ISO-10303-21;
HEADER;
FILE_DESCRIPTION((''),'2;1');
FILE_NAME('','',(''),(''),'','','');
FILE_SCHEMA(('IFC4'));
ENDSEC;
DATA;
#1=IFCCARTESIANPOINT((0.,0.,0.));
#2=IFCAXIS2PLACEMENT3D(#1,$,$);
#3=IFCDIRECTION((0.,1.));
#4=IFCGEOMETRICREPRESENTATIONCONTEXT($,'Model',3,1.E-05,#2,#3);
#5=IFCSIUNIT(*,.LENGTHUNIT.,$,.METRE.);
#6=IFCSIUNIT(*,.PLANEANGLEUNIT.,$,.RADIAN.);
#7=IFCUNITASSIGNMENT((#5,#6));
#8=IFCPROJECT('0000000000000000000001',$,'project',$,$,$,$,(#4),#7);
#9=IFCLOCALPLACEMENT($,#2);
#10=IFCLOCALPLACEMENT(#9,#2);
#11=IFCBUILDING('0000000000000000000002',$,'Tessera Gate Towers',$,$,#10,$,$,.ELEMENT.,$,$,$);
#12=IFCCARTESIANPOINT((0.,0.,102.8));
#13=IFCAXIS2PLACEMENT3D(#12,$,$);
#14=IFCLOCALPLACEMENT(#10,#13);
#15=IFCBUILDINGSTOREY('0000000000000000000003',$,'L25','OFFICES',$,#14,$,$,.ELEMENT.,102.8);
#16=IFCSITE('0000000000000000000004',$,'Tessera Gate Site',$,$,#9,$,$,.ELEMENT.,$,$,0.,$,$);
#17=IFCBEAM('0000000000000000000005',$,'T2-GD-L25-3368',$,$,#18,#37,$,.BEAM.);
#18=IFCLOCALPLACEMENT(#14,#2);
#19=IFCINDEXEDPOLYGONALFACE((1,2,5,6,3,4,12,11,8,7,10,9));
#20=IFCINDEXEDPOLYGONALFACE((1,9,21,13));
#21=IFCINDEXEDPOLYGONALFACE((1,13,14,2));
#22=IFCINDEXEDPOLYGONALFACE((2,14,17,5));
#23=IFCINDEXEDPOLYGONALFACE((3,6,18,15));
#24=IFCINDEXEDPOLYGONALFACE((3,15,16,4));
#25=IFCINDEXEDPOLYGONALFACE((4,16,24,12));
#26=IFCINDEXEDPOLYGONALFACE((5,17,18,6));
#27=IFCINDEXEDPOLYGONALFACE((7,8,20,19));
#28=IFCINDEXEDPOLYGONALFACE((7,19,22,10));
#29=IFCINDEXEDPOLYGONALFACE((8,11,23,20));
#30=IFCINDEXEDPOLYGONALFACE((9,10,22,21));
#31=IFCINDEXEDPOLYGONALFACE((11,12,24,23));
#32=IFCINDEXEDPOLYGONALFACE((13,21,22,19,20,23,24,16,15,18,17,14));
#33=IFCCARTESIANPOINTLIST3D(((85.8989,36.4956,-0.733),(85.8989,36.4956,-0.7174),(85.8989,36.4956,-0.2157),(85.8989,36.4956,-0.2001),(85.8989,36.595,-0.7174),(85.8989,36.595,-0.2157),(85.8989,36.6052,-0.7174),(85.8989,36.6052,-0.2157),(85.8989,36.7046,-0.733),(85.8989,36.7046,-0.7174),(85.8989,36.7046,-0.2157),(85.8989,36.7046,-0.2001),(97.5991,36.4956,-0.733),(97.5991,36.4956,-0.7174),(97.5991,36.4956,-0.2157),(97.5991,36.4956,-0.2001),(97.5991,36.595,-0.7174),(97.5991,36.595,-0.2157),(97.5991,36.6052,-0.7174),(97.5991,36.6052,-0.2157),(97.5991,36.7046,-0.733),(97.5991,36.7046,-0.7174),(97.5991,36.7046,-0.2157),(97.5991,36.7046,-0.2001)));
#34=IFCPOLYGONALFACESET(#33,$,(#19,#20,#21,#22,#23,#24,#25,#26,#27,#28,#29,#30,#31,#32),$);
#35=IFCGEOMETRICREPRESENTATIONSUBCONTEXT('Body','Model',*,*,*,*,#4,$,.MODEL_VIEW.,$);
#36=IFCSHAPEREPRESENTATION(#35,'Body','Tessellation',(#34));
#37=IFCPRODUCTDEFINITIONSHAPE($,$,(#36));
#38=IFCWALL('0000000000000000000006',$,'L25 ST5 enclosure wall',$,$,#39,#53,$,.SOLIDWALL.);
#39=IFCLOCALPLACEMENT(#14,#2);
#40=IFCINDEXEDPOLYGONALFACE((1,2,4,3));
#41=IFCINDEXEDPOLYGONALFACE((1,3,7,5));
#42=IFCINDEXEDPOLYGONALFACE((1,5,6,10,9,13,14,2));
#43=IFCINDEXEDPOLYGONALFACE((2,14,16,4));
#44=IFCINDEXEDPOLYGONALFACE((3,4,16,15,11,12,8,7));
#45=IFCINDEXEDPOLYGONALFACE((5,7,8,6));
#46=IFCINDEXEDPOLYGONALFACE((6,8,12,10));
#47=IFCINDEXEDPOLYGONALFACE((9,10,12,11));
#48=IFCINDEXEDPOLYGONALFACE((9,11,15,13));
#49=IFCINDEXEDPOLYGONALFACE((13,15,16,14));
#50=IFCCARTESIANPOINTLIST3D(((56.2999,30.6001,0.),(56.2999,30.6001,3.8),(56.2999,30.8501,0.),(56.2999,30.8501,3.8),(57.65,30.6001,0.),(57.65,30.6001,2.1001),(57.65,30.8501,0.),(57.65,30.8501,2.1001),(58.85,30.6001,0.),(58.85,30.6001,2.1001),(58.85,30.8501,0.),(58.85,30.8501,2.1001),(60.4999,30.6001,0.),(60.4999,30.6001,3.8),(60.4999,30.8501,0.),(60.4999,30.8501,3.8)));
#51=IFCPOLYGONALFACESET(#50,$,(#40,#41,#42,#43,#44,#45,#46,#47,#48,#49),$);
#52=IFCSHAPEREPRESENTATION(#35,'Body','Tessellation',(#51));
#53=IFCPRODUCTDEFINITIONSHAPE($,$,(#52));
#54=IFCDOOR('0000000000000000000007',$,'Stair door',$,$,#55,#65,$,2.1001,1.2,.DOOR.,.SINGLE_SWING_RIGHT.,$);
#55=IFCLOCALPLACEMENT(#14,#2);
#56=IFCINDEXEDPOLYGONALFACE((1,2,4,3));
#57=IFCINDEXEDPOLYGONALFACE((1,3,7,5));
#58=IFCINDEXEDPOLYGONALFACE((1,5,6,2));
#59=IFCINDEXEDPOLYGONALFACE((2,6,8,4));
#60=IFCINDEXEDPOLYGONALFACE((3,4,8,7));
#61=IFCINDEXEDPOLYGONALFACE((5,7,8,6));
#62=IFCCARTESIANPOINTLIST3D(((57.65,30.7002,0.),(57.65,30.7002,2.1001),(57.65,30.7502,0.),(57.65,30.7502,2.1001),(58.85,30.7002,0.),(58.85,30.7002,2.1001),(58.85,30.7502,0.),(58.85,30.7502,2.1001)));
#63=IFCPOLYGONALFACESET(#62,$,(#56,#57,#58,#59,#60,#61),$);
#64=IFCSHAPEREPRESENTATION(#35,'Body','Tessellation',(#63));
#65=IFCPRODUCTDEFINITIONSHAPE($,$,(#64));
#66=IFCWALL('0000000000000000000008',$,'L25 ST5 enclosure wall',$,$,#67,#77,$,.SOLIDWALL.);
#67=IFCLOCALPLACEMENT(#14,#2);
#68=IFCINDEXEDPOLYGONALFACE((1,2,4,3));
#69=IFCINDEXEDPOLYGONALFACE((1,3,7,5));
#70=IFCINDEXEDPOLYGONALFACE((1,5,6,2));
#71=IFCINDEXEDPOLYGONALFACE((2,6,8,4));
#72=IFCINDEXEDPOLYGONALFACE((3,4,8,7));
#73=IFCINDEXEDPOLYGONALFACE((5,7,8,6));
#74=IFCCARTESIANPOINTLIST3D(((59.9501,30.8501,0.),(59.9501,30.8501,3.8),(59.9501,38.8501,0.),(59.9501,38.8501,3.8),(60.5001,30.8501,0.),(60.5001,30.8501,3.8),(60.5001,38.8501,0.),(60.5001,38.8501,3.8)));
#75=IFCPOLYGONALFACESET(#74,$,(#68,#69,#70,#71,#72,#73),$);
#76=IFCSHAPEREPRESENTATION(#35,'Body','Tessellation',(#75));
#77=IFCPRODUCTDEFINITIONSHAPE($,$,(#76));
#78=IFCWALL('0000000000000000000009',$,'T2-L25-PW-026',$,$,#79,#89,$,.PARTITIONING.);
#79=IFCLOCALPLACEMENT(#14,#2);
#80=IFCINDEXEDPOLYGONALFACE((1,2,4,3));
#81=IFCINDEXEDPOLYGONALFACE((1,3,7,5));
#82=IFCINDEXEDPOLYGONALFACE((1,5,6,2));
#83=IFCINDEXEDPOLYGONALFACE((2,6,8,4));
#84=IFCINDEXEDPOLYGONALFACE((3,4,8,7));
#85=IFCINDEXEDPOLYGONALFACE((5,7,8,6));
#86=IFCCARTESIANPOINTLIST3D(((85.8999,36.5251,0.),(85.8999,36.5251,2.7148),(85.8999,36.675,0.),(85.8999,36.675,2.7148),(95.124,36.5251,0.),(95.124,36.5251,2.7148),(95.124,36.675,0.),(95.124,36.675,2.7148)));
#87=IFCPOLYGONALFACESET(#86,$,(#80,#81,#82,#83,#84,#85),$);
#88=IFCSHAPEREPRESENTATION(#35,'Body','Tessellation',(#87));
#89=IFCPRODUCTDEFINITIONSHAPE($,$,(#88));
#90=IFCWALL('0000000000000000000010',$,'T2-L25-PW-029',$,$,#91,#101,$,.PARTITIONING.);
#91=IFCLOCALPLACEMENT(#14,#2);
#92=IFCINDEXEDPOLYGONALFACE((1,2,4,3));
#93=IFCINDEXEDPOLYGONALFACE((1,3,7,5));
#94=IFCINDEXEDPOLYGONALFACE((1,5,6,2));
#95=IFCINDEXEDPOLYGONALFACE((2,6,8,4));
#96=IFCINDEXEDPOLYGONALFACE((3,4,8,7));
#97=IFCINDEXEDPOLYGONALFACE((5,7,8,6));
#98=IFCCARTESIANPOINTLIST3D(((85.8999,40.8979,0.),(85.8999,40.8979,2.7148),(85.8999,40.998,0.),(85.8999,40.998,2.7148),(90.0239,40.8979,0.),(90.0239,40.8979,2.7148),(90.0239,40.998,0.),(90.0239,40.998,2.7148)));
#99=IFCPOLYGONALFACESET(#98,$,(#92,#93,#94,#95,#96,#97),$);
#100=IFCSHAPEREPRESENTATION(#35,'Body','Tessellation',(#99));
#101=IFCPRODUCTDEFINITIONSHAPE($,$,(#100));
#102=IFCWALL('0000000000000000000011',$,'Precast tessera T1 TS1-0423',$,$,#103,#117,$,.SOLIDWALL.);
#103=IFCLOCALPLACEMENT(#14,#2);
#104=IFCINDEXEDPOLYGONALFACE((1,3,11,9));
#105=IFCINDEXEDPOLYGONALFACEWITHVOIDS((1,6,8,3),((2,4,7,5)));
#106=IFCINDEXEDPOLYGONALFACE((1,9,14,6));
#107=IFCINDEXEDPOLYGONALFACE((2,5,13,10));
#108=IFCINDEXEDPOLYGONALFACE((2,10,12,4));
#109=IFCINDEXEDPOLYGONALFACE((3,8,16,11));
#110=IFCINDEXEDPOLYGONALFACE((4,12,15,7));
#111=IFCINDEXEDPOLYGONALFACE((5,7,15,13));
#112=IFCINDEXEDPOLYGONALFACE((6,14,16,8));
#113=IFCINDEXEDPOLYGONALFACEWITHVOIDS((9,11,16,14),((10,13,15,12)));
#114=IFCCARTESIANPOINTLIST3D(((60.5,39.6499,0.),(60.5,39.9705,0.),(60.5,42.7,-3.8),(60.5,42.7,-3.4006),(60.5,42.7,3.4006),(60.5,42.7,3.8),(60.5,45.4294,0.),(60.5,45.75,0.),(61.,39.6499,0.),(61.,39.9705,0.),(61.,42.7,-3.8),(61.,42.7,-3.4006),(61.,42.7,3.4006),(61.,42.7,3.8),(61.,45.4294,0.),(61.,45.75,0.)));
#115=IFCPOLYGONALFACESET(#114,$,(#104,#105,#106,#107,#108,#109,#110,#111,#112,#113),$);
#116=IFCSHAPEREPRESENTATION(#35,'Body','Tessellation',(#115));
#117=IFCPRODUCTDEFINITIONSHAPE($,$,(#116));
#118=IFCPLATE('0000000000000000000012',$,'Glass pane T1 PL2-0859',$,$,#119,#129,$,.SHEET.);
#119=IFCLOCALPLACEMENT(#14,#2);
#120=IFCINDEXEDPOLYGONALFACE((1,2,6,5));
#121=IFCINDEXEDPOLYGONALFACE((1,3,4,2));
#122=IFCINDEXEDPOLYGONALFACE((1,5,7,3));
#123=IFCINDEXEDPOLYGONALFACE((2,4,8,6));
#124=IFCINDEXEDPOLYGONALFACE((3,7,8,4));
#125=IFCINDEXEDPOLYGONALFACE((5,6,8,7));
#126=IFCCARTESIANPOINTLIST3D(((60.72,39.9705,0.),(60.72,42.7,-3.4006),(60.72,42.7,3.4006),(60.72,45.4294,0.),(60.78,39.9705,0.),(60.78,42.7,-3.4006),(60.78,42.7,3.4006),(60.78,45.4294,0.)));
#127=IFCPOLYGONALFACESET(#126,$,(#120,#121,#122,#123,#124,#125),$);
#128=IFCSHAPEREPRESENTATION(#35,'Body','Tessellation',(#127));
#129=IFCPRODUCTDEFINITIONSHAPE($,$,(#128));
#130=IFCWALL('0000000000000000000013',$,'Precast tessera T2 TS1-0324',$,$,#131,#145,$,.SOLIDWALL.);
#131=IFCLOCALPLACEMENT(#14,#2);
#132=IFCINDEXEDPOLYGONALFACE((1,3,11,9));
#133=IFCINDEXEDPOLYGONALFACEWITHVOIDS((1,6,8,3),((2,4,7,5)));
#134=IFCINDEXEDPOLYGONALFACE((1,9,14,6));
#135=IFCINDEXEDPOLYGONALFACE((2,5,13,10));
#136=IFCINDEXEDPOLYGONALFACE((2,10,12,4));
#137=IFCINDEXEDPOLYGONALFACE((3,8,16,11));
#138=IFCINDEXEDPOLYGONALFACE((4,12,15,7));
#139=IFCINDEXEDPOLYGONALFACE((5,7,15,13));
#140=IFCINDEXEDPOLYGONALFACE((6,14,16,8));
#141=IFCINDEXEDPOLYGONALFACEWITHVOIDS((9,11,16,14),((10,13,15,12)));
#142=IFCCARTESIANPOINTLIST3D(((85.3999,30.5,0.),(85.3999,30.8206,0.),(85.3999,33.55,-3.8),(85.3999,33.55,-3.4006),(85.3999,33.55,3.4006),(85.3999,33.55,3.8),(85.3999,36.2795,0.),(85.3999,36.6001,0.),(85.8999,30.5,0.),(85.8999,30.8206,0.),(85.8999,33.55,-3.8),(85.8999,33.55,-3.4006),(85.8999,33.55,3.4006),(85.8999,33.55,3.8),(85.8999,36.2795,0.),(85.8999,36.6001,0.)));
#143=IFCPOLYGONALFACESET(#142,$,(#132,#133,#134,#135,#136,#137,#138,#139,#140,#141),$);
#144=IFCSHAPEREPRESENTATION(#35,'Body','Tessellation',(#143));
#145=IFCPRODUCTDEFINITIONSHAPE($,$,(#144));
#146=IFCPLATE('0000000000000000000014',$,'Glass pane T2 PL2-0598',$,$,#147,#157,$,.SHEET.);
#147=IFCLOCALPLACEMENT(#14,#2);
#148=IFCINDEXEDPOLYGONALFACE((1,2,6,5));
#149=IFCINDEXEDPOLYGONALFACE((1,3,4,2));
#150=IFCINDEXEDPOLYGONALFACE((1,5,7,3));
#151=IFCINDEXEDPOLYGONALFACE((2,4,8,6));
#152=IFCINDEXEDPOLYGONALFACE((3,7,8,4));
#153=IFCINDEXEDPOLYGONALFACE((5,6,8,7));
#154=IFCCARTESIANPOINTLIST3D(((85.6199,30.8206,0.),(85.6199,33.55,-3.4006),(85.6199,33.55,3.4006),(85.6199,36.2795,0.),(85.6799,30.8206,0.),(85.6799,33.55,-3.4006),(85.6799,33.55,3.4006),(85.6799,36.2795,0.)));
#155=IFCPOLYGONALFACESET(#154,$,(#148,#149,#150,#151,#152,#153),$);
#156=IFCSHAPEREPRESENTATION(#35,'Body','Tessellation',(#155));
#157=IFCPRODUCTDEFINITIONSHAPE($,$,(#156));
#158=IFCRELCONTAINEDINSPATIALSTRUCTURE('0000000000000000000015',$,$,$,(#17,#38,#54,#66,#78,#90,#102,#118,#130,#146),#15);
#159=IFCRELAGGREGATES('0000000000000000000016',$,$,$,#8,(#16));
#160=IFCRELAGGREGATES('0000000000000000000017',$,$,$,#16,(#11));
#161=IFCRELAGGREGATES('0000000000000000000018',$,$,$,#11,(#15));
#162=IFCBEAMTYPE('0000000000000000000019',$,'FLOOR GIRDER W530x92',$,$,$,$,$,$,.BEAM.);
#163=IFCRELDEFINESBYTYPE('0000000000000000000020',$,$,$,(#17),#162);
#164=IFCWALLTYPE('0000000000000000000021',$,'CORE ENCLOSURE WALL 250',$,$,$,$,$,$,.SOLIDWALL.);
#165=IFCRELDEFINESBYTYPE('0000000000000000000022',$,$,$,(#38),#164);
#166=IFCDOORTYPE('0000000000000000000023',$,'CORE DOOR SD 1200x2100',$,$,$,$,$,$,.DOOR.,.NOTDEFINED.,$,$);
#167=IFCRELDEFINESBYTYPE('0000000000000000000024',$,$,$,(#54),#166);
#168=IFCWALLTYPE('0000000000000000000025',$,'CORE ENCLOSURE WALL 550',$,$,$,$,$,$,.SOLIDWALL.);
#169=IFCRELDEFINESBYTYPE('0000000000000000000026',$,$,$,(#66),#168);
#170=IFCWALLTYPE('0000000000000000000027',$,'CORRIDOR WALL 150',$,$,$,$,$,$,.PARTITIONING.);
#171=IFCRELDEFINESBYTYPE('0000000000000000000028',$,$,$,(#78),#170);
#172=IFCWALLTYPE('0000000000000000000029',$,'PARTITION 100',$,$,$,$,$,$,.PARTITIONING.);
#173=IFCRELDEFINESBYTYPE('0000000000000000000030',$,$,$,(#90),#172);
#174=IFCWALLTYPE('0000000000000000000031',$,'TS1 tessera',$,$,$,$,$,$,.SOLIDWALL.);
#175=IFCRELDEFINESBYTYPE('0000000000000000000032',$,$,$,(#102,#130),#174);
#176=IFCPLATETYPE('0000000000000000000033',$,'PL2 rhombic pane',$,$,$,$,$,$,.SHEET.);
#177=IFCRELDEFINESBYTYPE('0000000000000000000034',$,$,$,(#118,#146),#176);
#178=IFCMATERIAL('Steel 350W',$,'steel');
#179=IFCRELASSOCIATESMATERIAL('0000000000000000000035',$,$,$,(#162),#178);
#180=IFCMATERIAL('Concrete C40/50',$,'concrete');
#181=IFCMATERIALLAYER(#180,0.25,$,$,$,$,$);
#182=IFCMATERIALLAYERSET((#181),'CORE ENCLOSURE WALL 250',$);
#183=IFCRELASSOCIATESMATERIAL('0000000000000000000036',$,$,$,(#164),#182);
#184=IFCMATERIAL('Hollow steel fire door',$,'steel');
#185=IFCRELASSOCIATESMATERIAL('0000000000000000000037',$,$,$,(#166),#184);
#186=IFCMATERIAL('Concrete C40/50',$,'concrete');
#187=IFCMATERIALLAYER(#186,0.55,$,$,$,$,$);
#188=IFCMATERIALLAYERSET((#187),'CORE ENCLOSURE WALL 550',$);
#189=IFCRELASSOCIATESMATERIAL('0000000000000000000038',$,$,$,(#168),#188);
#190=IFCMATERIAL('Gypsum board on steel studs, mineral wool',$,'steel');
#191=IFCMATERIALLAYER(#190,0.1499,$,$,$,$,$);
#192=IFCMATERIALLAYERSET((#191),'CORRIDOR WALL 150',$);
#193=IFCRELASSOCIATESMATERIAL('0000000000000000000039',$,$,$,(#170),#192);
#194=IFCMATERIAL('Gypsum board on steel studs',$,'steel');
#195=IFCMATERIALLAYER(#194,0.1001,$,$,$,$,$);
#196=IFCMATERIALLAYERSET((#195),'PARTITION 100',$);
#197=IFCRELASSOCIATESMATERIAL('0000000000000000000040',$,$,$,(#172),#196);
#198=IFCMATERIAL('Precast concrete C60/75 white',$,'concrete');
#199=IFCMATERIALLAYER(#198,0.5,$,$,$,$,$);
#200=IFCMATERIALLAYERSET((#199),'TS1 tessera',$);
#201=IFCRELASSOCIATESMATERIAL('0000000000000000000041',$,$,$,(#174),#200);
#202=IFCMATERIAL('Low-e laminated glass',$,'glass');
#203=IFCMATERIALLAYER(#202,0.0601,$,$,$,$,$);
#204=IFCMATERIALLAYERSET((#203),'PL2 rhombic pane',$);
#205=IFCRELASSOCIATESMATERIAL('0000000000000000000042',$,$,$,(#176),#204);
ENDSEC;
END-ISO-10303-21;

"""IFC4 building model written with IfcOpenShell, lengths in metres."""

from ifc_helpers import new_model, si_unit, direction, frame, frame_2d, origin, origin_2d, place, context, subcontext, project, spatial, polyline, rectangle, i_section, outline, extrude, source, transform, mapped, material, layer, layer_set, material_profile, profile_set, type_object, element, fill, save


model = new_model("IFC4")

# Units and contexts
model_context = context("Model", 3, precision=1e-05, world=origin(), true_north=direction((0.0, 1.0)))
body_context = subcontext(model_context, "Body", "Model", "MODEL_VIEW")
ifc_project = project(units=[si_unit("LENGTHUNIT", "METRE"), si_unit("PLANEANGLEUNIT", "RADIAN")], contexts=[model_context])

# Site, building, storey
site_placement = place(None, origin())
site = spatial("IfcSite", under=ifc_project, at=site_placement, Name="Tessera Gate Site", CompositionType="ELEMENT", RefElevation=0.0)
building_placement = place(site_placement, origin())
building = spatial("IfcBuilding", under=site, at=building_placement, Name="Tessera Gate Towers", CompositionType="ELEMENT")
storey_placement = place(building_placement, frame((0.0, 0.0, 102.8)))
storey = spatial("IfcBuildingStorey", under=building, at=storey_placement, Name="L25", Description="OFFICES", CompositionType="ELEMENT", Elevation=102.8)

# Beam
ifc_material_1 = material(Name="Steel 350W", Category="steel")
ifc_material_profile = material_profile(ifc_material_1, i_section(OverallWidth=0.209, OverallDepth=0.533, WebThickness=0.0103, FlangeThickness=0.0156, at=origin_2d()), Name="W530x92")
ifc_profile_set = profile_set([ifc_material_profile], Name="Steel 350W")
beam_type = type_object("IfcBeamType", Name="FLOOR GIRDER W530x92", PredefinedType="BEAM", material=ifc_profile_set)
beam_placement = place(storey_placement, frame((85.8989, 36.6001, -0.4666), z_axis=(1.0, 0.0, 0.0), x_axis=(0.0, 1.0, 0.0)))
element("IfcBeam", 1, at=beam_placement, inside=storey, type_object=beam_type, Name="T2-GD-L25-3368", PredefinedType="BEAM", context=body_context, shape_type="SweptSolid", body=[
    extrude(i_section(OverallWidth=0.209, OverallDepth=0.533, WebThickness=0.0103, FlangeThickness=0.0156, at=origin_2d()), origin(), (0.0, 0.0, 1.0), 11.7002),
])

# Wall, opening, door
ifc_material_2 = material(Name="Concrete C40/50", Category="concrete")
ifc_layer_1 = layer(ifc_material_2, 0.25)
ifc_layer_set_1 = layer_set([ifc_layer_1], Name="CORE ENCLOSURE WALL 250")
wall_type_1 = type_object("IfcWallType", Name="CORE ENCLOSURE WALL 250", PredefinedType="SOLIDWALL", material=ifc_layer_set_1)
wall_1_placement = place(storey_placement, frame((60.5, 30.7251, 0.0), z_axis=(0.0, 0.0, 1.0), x_axis=(-1.0, 0.0, 0.0)))
wall_1 = element("IfcWall", 2, at=wall_1_placement, inside=storey, type_object=wall_type_1, Name="L25 ST5 enclosure wall", PredefinedType="SOLIDWALL", context=body_context, shape_type="SweptSolid", body=[
    extrude(rectangle(XDim=4.2, YDim=0.25, at=frame_2d((2.1001, 0.0))), origin(), (0.0, 0.0, 1.0), 3.8),
])
shared_shape_1 = source(origin(), body_context, "Body", "SweptSolid", [
    extrude(rectangle(XDim=1.2, YDim=2.1001, at=frame_2d((0.6001, 1.05))), frame((0.0, 0.135, 0.0), z_axis=(0.0, -1.0, 0.0), x_axis=(1.0, 0.0, 0.0)), (0.0, 0.0, 1.0), 0.27),
])
opening_1_placement = place(wall_1_placement, frame((1.6499, 0.0, 0.0)))
opening_1 = element("IfcOpeningElement", 3, at=opening_1_placement, cuts=wall_1, PredefinedType="OPENING", context=body_context, shape_type="MappedRepresentation", body=[
    mapped(shared_shape_1, transform((0.0, 0.0, 0.0), scale=1.0)),
])
ifc_material_3 = material(Name="Hollow steel fire door", Category="steel")
door_type = type_object("IfcDoorType", Name="CORE DOOR SD 1200x2100", OperationType="NOTDEFINED", PredefinedType="DOOR", material=ifc_material_3)
shared_shape_2 = source(origin(), body_context, "Body", "SweptSolid", [
    extrude(rectangle(XDim=1.2, YDim=2.1001, at=frame_2d((0.6001, 1.05))), frame((0.0, 0.0249, 0.0), z_axis=(0.0, -1.0, 0.0), x_axis=(1.0, 0.0, 0.0)), (0.0, 0.0, 1.0), 0.05),
])
door_placement = place(opening_1_placement, origin())
door = element("IfcDoor", 4, at=door_placement, inside=storey, type_object=door_type, Name="Stair door", OperationType="SINGLE_SWING_RIGHT", OverallHeight=2.1001, OverallWidth=1.2, PredefinedType="DOOR", context=body_context, shape_type="MappedRepresentation", body=[
    mapped(shared_shape_2, transform((0.0, 0.0, 0.0), scale=1.0)),
])
fill(opening_1, door)

# Walls
ifc_material_4 = material(Name="Concrete C40/50", Category="concrete")
ifc_layer_2 = layer(ifc_material_4, 0.55)
ifc_layer_set_2 = layer_set([ifc_layer_2], Name="CORE ENCLOSURE WALL 550")
wall_type_2 = type_object("IfcWallType", Name="CORE ENCLOSURE WALL 550", PredefinedType="SOLIDWALL", material=ifc_layer_set_2)
wall_2_placement = place(storey_placement, frame((60.2251, 38.8501, 0.0), z_axis=(0.0, 0.0, 1.0), x_axis=(0.0, -1.0, 0.0)))
element("IfcWall", 5, at=wall_2_placement, inside=storey, type_object=wall_type_2, Name="L25 ST5 enclosure wall", PredefinedType="SOLIDWALL", context=body_context, shape_type="SweptSolid", body=[
    extrude(rectangle(XDim=8.0, YDim=0.55, at=frame_2d((4.0, 0.0))), origin(), (0.0, 0.0, 1.0), 3.8),
])
ifc_material_5 = material(Name="Gypsum board on steel studs, mineral wool", Category="steel")
ifc_layer_3 = layer(ifc_material_5, 0.1499)
ifc_layer_set_3 = layer_set([ifc_layer_3], Name="CORRIDOR WALL 150")
wall_type_3 = type_object("IfcWallType", Name="CORRIDOR WALL 150", PredefinedType="PARTITIONING", material=ifc_layer_set_3)
wall_3_placement = place(storey_placement, frame((85.8999, 36.6001, 0.0), z_axis=(0.0, 0.0, 1.0), x_axis=(1.0, 0.0, 0.0)))
element("IfcWall", 6, at=wall_3_placement, inside=storey, type_object=wall_type_3, Name="T2-L25-PW-026", PredefinedType="PARTITIONING", context=body_context, shape_type="SweptSolid", body=[
    extrude(rectangle(XDim=9.2241, YDim=0.1499, at=frame_2d((4.6121, 0.0))), origin(), (0.0, 0.0, 1.0), 2.7148),
])
ifc_material_6 = material(Name="Gypsum board on steel studs", Category="steel")
ifc_layer_4 = layer(ifc_material_6, 0.1001)
ifc_layer_set_4 = layer_set([ifc_layer_4], Name="PARTITION 100")
wall_type_4 = type_object("IfcWallType", Name="PARTITION 100", PredefinedType="PARTITIONING", material=ifc_layer_set_4)
wall_4_placement = place(storey_placement, frame((85.8999, 40.948, 0.0), z_axis=(0.0, 0.0, 1.0), x_axis=(1.0, 0.0, 0.0)))
element("IfcWall", 7, at=wall_4_placement, inside=storey, type_object=wall_type_4, Name="T2-L25-PW-029", PredefinedType="PARTITIONING", context=body_context, shape_type="SweptSolid", body=[
    extrude(rectangle(XDim=4.124, YDim=0.1001, at=frame_2d((2.062, 0.0))), origin(), (0.0, 0.0, 1.0), 2.7148),
])

# Walls, openings, plates
ifc_material_7 = material(Name="Precast concrete C60/75 white", Category="concrete")
ifc_layer_5 = layer(ifc_material_7, 0.5)
ifc_layer_set_5 = layer_set([ifc_layer_5], Name="TS1 tessera")
wall_type_5 = type_object("IfcWallType", Name="TS1 tessera", PredefinedType="SOLIDWALL", material=ifc_layer_set_5)
shared_shape_3 = source(origin(), body_context, "Body", "SweptSolid", [
    extrude(outline(polyline([(3.05, 0.0), (6.1001, 3.8), (3.05, 7.6001), (0.0, 3.8), (3.05, 0.0)])), frame((0.0, 0.25, 0.0), z_axis=(0.0, -1.0, 0.0), x_axis=(1.0, 0.0, 0.0)), (0.0, 0.0, 1.0), 0.5),
])
wall_5_placement = place(storey_placement, frame((60.75, 39.6499, -3.8), z_axis=(0.0, 0.0, 1.0), x_axis=(0.0, 1.0, 0.0)))
wall_5 = element("IfcWall", 8, at=wall_5_placement, inside=storey, type_object=wall_type_5, Name="Precast tessera T1 TS1-0423", PredefinedType="SOLIDWALL", context=body_context, shape_type="MappedRepresentation", body=[
    mapped(shared_shape_3, transform((0.0, 0.0, 0.0), scale=1.0)),
])
shared_shape_4 = source(origin(), body_context, "Body", "SweptSolid", [
    extrude(outline(polyline([(3.05, 0.3994), (5.7795, 3.8), (3.05, 7.2007), (0.3206, 3.8), (3.05, 0.3994)])), frame((0.0, 0.26, 0.0), z_axis=(0.0, -1.0, 0.0), x_axis=(1.0, 0.0, 0.0)), (0.0, 0.0, 1.0), 0.52),
])
opening_2_placement = place(wall_5_placement, origin())
opening_2 = element("IfcOpeningElement", 9, at=opening_2_placement, cuts=wall_5, PredefinedType="OPENING", context=body_context, shape_type="MappedRepresentation", body=[
    mapped(shared_shape_4, transform((0.0, 0.0, 0.0), scale=1.0)),
])
ifc_material_8 = material(Name="Low-e laminated glass", Category="glass")
ifc_layer_6 = layer(ifc_material_8, 0.0601)
ifc_layer_set_6 = layer_set([ifc_layer_6], Name="PL2 rhombic pane")
plate_type_1 = type_object("IfcPlateType", Name="PL2 rhombic pane", PredefinedType="SHEET", material=ifc_layer_set_6)
shared_shape_5 = source(origin(), body_context, "Body", "SweptSolid", [
    extrude(outline(polyline([(3.05, 0.3994), (5.7795, 3.8), (3.05, 7.2007), (0.3206, 3.8), (3.05, 0.3994)])), frame((0.0, 0.03, 0.0), z_axis=(0.0, -1.0, 0.0), x_axis=(1.0, 0.0, 0.0)), (0.0, 0.0, 1.0), 0.0601),
])
plate_1_placement = place(opening_2_placement, origin())
plate_1 = element("IfcPlate", 10, at=plate_1_placement, inside=storey, type_object=plate_type_1, Name="Glass pane T1 PL2-0859", PredefinedType="SHEET", context=body_context, shape_type="MappedRepresentation", body=[
    mapped(shared_shape_5, transform((0.0, 0.0, 0.0), scale=1.0)),
])
fill(opening_2, plate_1)
wall_6_placement = place(storey_placement, frame((85.6499, 36.6001, -3.8), z_axis=(0.0, 0.0, 1.0), x_axis=(0.0, -1.0, 0.0)))
wall_6 = element("IfcWall", 11, at=wall_6_placement, inside=storey, type_object=wall_type_5, Name="Precast tessera T2 TS1-0324", PredefinedType="SOLIDWALL", context=body_context, shape_type="MappedRepresentation", body=[
    mapped(shared_shape_3, transform((0.0, 0.0, 0.0), scale=1.0)),
])
opening_3_placement = place(wall_6_placement, origin())
opening_3 = element("IfcOpeningElement", 12, at=opening_3_placement, cuts=wall_6, PredefinedType="OPENING", context=body_context, shape_type="MappedRepresentation", body=[
    mapped(shared_shape_4, transform((0.0, 0.0, 0.0), scale=1.0)),
])
plate_2_placement = place(opening_3_placement, origin())
plate_2 = element("IfcPlate", 13, at=plate_2_placement, inside=storey, type_object=plate_type_1, Name="Glass pane T2 PL2-0598", PredefinedType="SHEET", context=body_context, shape_type="MappedRepresentation", body=[
    mapped(shared_shape_5, transform((0.0, 0.0, 0.0), scale=1.0)),
])
fill(opening_3, plate_2)

save(model, "model.ifc")
